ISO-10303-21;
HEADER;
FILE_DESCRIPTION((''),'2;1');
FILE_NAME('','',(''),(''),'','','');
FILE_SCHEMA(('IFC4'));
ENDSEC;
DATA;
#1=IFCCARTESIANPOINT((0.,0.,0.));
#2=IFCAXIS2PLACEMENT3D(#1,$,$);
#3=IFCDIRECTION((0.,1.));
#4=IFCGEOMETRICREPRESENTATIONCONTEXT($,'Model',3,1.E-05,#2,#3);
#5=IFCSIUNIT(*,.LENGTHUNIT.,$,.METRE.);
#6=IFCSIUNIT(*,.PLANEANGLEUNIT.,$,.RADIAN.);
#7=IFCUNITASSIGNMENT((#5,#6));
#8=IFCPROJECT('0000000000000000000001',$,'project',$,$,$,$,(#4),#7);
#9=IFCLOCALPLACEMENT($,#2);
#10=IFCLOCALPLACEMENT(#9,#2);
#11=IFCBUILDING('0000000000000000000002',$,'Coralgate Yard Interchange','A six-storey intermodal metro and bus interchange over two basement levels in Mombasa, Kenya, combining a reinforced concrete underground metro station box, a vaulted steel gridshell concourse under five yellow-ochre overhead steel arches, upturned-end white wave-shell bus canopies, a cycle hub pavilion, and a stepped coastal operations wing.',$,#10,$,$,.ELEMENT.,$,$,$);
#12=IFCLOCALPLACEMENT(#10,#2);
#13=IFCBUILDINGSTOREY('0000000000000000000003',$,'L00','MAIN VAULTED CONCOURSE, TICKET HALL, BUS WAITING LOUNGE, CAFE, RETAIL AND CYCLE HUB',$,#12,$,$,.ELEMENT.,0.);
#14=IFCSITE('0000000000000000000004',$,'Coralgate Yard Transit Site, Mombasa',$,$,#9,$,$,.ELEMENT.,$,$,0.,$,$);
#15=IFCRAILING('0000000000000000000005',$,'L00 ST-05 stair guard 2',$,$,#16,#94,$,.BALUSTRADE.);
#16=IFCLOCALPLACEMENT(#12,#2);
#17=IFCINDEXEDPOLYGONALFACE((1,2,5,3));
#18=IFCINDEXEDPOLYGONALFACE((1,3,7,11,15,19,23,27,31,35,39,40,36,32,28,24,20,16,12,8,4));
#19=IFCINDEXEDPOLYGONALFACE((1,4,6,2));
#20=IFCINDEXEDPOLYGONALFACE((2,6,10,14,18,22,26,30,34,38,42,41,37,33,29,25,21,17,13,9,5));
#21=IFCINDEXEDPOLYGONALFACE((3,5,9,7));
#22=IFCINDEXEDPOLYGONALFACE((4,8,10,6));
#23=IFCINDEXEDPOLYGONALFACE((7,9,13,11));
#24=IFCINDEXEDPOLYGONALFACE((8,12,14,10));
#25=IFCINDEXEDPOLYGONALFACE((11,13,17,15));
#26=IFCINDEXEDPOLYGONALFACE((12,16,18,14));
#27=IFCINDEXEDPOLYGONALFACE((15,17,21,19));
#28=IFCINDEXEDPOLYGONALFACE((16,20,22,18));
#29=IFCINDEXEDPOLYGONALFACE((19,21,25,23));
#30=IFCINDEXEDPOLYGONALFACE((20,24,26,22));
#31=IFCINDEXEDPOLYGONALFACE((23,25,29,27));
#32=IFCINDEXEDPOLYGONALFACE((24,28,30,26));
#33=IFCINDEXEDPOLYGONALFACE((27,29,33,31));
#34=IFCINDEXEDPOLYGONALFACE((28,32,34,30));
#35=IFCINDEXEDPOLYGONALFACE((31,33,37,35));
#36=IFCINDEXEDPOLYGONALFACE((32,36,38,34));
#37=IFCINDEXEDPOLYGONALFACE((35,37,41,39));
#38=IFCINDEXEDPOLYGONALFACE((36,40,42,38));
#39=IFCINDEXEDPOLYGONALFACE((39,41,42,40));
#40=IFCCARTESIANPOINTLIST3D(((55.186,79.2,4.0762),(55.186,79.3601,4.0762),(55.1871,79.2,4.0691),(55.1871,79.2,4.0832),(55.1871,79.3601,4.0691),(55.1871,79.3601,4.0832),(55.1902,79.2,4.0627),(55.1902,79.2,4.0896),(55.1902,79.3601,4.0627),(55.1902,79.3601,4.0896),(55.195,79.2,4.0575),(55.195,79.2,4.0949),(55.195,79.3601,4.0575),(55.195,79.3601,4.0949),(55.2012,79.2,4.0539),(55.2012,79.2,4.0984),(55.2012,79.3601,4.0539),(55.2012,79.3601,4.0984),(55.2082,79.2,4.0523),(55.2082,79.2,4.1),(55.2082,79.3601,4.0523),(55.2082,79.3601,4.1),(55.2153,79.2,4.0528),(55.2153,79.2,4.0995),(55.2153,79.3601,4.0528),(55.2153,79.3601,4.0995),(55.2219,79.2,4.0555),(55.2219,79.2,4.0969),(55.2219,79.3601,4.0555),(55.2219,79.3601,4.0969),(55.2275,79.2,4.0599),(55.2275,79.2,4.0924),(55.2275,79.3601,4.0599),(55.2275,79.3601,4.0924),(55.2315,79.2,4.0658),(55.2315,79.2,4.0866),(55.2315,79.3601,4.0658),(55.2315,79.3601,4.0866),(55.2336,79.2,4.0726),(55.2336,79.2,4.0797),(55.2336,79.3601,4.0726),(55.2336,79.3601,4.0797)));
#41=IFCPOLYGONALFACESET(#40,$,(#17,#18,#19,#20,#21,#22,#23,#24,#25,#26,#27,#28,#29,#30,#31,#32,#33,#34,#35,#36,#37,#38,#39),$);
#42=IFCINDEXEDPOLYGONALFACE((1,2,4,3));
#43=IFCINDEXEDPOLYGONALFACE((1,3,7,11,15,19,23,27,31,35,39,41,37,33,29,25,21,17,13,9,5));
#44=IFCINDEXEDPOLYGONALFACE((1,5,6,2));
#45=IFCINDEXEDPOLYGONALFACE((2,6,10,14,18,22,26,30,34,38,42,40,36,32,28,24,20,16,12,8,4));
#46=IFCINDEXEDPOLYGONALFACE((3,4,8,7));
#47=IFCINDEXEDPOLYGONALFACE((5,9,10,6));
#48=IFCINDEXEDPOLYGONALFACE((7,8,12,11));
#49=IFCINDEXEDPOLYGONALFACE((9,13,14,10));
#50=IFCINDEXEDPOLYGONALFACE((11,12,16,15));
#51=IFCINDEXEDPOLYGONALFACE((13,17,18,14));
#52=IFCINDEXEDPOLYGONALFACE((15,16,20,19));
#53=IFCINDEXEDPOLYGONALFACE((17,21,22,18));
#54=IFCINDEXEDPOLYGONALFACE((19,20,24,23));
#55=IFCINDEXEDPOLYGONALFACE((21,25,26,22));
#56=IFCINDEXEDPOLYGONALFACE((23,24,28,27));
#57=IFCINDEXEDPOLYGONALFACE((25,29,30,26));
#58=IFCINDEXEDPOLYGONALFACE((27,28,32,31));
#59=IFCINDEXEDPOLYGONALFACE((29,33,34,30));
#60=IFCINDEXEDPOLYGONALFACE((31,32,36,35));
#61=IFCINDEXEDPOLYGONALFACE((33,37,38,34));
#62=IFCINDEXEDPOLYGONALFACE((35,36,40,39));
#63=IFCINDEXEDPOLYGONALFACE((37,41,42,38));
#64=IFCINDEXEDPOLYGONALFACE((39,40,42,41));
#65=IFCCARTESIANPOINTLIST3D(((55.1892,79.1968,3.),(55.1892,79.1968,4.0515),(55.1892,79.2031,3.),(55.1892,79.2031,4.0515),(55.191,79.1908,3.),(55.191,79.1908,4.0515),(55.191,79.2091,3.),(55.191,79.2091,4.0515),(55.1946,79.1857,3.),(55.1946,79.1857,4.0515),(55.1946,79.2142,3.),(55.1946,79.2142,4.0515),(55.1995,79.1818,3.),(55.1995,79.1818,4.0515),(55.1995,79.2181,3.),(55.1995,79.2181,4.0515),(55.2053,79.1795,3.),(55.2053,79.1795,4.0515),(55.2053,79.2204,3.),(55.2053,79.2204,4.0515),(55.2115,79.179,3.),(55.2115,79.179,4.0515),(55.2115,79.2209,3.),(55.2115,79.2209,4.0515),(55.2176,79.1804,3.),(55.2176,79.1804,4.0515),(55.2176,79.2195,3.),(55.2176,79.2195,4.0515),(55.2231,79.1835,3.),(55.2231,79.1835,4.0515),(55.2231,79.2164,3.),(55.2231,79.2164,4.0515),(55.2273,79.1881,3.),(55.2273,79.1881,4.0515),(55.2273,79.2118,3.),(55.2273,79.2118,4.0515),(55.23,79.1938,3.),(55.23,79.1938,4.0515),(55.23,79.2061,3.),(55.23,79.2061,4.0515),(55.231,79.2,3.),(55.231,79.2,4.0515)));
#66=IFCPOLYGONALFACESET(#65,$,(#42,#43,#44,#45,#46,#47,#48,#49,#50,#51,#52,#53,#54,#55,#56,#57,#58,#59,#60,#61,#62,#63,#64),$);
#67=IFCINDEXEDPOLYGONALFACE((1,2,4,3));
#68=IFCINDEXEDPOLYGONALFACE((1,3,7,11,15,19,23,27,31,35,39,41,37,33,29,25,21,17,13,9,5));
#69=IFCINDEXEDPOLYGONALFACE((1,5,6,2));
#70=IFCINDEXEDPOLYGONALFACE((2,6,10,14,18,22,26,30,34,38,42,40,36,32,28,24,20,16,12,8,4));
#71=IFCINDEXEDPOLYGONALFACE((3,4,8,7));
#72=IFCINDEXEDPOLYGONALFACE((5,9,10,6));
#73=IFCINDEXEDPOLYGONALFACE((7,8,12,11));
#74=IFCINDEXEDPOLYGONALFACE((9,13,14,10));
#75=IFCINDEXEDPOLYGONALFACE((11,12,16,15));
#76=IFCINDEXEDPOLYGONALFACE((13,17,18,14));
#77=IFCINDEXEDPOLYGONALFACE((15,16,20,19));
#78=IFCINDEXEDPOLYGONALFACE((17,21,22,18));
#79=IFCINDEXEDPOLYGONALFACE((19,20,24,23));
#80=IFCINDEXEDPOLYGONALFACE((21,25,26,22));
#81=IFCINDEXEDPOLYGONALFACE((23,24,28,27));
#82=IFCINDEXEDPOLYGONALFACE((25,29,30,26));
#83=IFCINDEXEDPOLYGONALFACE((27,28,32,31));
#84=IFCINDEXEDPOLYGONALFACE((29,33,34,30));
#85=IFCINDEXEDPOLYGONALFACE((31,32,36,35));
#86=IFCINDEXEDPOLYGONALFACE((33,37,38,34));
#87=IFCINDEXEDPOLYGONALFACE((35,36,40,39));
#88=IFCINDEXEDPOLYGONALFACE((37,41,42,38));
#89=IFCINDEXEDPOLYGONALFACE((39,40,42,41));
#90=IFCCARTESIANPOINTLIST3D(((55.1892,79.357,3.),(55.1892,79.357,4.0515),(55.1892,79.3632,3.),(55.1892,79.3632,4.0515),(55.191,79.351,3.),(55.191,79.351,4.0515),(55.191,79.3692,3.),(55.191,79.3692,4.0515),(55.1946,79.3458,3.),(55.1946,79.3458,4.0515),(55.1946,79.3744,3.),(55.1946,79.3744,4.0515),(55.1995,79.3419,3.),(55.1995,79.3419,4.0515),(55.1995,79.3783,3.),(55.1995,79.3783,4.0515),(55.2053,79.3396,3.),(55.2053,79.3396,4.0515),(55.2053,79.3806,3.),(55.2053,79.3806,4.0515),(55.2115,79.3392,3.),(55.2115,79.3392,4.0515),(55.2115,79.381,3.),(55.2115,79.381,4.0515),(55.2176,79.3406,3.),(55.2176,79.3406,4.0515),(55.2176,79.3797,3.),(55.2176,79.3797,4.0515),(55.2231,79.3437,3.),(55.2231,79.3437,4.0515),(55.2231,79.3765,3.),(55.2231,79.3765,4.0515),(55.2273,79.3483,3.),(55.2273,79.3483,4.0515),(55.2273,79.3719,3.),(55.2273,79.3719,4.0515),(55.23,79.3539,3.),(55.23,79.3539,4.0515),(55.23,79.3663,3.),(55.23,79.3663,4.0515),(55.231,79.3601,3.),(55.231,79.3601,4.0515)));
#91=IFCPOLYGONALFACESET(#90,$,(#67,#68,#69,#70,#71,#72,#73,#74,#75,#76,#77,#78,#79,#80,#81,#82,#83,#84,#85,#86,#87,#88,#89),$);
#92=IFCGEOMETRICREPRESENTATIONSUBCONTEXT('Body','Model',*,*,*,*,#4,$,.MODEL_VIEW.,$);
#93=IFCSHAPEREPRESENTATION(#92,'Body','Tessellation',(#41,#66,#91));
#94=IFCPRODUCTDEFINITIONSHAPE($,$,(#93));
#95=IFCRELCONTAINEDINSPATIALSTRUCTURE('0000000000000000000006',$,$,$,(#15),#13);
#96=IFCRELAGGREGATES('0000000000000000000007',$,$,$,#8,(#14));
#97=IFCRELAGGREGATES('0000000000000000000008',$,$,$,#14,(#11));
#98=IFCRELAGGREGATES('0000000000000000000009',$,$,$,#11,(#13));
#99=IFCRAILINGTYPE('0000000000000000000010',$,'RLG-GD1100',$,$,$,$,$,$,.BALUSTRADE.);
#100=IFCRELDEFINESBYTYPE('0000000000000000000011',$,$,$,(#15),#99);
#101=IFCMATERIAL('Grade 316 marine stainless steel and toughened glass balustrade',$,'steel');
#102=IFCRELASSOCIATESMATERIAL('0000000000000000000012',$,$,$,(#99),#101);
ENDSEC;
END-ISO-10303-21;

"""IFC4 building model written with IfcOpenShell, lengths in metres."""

from ifc_helpers import new_model, si_unit, direction, frame, origin, origin_2d, place, context, subcontext, project, spatial, circle, extrude, material, type_object, element, save


model = new_model("IFC4")

# Units and contexts
model_context = context("Model", 3, precision=1e-05, world=origin(), true_north=direction((0.0, 1.0)))
body_context = subcontext(model_context, "Body", "Model", "MODEL_VIEW")
ifc_project = project(units=[si_unit("LENGTHUNIT", "METRE"), si_unit("PLANEANGLEUNIT", "RADIAN")], contexts=[model_context])

# Site, building, storey
site_placement = place(None, origin())
site = spatial("IfcSite", under=ifc_project, at=site_placement, Name="Coralgate Yard Transit Site, Mombasa", CompositionType="ELEMENT", RefElevation=0.0)
building_placement = place(site_placement, origin())
building = spatial("IfcBuilding", under=site, at=building_placement, Name="Coralgate Yard Interchange", Description="A six-storey intermodal metro and bus interchange over two basement levels in Mombasa, Kenya, combining a reinforced concrete underground metro station box, a vaulted steel gridshell concourse under five yellow-ochre overhead steel arches, upturned-end white wave-shell bus canopies, a cycle hub pavilion, and a stepped coastal operations wing.", CompositionType="ELEMENT")
storey_placement = place(building_placement, origin())
storey = spatial("IfcBuildingStorey", under=building, at=storey_placement, Name="L00", Description="MAIN VAULTED CONCOURSE, TICKET HALL, BUS WAITING LOUNGE, CAFE, RETAIL AND CYCLE HUB", CompositionType="ELEMENT", Elevation=0.0)

# Railing
ifc_material_1 = material(Name="Grade 316 marine stainless steel and toughened glass balustrade", Category="steel")
railing_type_1 = type_object("IfcRailingType", Name="RLG-GD1100", PredefinedType="BALUSTRADE", material=ifc_material_1)
railing_1_placement = place(storey_placement, frame((55.21, 79.2, 3.0)))
element("IfcRailing", 1, at=railing_1_placement, inside=storey, type_object=railing_type_1, Name="L00 ST-05 stair guard 2", PredefinedType="BALUSTRADE", context=body_context, shape_type="SweptSolid", body=[
    extrude(circle(Radius=0.0239, at=origin_2d()), frame((0.0, 0.0, 1.0762), z_axis=(0.0, 1.0, 0.0), x_axis=(-1.0, 0.0, 0.0)), (0.0, 0.0, 1.0), 0.1602),
    extrude(circle(Radius=0.021, at=origin_2d()), origin(), (0.0, 0.0, 1.0), 1.0515),
    extrude(circle(Radius=0.021, at=origin_2d()), frame((0.0, 0.1602, 0.0)), (0.0, 0.0, 1.0), 1.0515),
])

save(model, "model.ifc")
